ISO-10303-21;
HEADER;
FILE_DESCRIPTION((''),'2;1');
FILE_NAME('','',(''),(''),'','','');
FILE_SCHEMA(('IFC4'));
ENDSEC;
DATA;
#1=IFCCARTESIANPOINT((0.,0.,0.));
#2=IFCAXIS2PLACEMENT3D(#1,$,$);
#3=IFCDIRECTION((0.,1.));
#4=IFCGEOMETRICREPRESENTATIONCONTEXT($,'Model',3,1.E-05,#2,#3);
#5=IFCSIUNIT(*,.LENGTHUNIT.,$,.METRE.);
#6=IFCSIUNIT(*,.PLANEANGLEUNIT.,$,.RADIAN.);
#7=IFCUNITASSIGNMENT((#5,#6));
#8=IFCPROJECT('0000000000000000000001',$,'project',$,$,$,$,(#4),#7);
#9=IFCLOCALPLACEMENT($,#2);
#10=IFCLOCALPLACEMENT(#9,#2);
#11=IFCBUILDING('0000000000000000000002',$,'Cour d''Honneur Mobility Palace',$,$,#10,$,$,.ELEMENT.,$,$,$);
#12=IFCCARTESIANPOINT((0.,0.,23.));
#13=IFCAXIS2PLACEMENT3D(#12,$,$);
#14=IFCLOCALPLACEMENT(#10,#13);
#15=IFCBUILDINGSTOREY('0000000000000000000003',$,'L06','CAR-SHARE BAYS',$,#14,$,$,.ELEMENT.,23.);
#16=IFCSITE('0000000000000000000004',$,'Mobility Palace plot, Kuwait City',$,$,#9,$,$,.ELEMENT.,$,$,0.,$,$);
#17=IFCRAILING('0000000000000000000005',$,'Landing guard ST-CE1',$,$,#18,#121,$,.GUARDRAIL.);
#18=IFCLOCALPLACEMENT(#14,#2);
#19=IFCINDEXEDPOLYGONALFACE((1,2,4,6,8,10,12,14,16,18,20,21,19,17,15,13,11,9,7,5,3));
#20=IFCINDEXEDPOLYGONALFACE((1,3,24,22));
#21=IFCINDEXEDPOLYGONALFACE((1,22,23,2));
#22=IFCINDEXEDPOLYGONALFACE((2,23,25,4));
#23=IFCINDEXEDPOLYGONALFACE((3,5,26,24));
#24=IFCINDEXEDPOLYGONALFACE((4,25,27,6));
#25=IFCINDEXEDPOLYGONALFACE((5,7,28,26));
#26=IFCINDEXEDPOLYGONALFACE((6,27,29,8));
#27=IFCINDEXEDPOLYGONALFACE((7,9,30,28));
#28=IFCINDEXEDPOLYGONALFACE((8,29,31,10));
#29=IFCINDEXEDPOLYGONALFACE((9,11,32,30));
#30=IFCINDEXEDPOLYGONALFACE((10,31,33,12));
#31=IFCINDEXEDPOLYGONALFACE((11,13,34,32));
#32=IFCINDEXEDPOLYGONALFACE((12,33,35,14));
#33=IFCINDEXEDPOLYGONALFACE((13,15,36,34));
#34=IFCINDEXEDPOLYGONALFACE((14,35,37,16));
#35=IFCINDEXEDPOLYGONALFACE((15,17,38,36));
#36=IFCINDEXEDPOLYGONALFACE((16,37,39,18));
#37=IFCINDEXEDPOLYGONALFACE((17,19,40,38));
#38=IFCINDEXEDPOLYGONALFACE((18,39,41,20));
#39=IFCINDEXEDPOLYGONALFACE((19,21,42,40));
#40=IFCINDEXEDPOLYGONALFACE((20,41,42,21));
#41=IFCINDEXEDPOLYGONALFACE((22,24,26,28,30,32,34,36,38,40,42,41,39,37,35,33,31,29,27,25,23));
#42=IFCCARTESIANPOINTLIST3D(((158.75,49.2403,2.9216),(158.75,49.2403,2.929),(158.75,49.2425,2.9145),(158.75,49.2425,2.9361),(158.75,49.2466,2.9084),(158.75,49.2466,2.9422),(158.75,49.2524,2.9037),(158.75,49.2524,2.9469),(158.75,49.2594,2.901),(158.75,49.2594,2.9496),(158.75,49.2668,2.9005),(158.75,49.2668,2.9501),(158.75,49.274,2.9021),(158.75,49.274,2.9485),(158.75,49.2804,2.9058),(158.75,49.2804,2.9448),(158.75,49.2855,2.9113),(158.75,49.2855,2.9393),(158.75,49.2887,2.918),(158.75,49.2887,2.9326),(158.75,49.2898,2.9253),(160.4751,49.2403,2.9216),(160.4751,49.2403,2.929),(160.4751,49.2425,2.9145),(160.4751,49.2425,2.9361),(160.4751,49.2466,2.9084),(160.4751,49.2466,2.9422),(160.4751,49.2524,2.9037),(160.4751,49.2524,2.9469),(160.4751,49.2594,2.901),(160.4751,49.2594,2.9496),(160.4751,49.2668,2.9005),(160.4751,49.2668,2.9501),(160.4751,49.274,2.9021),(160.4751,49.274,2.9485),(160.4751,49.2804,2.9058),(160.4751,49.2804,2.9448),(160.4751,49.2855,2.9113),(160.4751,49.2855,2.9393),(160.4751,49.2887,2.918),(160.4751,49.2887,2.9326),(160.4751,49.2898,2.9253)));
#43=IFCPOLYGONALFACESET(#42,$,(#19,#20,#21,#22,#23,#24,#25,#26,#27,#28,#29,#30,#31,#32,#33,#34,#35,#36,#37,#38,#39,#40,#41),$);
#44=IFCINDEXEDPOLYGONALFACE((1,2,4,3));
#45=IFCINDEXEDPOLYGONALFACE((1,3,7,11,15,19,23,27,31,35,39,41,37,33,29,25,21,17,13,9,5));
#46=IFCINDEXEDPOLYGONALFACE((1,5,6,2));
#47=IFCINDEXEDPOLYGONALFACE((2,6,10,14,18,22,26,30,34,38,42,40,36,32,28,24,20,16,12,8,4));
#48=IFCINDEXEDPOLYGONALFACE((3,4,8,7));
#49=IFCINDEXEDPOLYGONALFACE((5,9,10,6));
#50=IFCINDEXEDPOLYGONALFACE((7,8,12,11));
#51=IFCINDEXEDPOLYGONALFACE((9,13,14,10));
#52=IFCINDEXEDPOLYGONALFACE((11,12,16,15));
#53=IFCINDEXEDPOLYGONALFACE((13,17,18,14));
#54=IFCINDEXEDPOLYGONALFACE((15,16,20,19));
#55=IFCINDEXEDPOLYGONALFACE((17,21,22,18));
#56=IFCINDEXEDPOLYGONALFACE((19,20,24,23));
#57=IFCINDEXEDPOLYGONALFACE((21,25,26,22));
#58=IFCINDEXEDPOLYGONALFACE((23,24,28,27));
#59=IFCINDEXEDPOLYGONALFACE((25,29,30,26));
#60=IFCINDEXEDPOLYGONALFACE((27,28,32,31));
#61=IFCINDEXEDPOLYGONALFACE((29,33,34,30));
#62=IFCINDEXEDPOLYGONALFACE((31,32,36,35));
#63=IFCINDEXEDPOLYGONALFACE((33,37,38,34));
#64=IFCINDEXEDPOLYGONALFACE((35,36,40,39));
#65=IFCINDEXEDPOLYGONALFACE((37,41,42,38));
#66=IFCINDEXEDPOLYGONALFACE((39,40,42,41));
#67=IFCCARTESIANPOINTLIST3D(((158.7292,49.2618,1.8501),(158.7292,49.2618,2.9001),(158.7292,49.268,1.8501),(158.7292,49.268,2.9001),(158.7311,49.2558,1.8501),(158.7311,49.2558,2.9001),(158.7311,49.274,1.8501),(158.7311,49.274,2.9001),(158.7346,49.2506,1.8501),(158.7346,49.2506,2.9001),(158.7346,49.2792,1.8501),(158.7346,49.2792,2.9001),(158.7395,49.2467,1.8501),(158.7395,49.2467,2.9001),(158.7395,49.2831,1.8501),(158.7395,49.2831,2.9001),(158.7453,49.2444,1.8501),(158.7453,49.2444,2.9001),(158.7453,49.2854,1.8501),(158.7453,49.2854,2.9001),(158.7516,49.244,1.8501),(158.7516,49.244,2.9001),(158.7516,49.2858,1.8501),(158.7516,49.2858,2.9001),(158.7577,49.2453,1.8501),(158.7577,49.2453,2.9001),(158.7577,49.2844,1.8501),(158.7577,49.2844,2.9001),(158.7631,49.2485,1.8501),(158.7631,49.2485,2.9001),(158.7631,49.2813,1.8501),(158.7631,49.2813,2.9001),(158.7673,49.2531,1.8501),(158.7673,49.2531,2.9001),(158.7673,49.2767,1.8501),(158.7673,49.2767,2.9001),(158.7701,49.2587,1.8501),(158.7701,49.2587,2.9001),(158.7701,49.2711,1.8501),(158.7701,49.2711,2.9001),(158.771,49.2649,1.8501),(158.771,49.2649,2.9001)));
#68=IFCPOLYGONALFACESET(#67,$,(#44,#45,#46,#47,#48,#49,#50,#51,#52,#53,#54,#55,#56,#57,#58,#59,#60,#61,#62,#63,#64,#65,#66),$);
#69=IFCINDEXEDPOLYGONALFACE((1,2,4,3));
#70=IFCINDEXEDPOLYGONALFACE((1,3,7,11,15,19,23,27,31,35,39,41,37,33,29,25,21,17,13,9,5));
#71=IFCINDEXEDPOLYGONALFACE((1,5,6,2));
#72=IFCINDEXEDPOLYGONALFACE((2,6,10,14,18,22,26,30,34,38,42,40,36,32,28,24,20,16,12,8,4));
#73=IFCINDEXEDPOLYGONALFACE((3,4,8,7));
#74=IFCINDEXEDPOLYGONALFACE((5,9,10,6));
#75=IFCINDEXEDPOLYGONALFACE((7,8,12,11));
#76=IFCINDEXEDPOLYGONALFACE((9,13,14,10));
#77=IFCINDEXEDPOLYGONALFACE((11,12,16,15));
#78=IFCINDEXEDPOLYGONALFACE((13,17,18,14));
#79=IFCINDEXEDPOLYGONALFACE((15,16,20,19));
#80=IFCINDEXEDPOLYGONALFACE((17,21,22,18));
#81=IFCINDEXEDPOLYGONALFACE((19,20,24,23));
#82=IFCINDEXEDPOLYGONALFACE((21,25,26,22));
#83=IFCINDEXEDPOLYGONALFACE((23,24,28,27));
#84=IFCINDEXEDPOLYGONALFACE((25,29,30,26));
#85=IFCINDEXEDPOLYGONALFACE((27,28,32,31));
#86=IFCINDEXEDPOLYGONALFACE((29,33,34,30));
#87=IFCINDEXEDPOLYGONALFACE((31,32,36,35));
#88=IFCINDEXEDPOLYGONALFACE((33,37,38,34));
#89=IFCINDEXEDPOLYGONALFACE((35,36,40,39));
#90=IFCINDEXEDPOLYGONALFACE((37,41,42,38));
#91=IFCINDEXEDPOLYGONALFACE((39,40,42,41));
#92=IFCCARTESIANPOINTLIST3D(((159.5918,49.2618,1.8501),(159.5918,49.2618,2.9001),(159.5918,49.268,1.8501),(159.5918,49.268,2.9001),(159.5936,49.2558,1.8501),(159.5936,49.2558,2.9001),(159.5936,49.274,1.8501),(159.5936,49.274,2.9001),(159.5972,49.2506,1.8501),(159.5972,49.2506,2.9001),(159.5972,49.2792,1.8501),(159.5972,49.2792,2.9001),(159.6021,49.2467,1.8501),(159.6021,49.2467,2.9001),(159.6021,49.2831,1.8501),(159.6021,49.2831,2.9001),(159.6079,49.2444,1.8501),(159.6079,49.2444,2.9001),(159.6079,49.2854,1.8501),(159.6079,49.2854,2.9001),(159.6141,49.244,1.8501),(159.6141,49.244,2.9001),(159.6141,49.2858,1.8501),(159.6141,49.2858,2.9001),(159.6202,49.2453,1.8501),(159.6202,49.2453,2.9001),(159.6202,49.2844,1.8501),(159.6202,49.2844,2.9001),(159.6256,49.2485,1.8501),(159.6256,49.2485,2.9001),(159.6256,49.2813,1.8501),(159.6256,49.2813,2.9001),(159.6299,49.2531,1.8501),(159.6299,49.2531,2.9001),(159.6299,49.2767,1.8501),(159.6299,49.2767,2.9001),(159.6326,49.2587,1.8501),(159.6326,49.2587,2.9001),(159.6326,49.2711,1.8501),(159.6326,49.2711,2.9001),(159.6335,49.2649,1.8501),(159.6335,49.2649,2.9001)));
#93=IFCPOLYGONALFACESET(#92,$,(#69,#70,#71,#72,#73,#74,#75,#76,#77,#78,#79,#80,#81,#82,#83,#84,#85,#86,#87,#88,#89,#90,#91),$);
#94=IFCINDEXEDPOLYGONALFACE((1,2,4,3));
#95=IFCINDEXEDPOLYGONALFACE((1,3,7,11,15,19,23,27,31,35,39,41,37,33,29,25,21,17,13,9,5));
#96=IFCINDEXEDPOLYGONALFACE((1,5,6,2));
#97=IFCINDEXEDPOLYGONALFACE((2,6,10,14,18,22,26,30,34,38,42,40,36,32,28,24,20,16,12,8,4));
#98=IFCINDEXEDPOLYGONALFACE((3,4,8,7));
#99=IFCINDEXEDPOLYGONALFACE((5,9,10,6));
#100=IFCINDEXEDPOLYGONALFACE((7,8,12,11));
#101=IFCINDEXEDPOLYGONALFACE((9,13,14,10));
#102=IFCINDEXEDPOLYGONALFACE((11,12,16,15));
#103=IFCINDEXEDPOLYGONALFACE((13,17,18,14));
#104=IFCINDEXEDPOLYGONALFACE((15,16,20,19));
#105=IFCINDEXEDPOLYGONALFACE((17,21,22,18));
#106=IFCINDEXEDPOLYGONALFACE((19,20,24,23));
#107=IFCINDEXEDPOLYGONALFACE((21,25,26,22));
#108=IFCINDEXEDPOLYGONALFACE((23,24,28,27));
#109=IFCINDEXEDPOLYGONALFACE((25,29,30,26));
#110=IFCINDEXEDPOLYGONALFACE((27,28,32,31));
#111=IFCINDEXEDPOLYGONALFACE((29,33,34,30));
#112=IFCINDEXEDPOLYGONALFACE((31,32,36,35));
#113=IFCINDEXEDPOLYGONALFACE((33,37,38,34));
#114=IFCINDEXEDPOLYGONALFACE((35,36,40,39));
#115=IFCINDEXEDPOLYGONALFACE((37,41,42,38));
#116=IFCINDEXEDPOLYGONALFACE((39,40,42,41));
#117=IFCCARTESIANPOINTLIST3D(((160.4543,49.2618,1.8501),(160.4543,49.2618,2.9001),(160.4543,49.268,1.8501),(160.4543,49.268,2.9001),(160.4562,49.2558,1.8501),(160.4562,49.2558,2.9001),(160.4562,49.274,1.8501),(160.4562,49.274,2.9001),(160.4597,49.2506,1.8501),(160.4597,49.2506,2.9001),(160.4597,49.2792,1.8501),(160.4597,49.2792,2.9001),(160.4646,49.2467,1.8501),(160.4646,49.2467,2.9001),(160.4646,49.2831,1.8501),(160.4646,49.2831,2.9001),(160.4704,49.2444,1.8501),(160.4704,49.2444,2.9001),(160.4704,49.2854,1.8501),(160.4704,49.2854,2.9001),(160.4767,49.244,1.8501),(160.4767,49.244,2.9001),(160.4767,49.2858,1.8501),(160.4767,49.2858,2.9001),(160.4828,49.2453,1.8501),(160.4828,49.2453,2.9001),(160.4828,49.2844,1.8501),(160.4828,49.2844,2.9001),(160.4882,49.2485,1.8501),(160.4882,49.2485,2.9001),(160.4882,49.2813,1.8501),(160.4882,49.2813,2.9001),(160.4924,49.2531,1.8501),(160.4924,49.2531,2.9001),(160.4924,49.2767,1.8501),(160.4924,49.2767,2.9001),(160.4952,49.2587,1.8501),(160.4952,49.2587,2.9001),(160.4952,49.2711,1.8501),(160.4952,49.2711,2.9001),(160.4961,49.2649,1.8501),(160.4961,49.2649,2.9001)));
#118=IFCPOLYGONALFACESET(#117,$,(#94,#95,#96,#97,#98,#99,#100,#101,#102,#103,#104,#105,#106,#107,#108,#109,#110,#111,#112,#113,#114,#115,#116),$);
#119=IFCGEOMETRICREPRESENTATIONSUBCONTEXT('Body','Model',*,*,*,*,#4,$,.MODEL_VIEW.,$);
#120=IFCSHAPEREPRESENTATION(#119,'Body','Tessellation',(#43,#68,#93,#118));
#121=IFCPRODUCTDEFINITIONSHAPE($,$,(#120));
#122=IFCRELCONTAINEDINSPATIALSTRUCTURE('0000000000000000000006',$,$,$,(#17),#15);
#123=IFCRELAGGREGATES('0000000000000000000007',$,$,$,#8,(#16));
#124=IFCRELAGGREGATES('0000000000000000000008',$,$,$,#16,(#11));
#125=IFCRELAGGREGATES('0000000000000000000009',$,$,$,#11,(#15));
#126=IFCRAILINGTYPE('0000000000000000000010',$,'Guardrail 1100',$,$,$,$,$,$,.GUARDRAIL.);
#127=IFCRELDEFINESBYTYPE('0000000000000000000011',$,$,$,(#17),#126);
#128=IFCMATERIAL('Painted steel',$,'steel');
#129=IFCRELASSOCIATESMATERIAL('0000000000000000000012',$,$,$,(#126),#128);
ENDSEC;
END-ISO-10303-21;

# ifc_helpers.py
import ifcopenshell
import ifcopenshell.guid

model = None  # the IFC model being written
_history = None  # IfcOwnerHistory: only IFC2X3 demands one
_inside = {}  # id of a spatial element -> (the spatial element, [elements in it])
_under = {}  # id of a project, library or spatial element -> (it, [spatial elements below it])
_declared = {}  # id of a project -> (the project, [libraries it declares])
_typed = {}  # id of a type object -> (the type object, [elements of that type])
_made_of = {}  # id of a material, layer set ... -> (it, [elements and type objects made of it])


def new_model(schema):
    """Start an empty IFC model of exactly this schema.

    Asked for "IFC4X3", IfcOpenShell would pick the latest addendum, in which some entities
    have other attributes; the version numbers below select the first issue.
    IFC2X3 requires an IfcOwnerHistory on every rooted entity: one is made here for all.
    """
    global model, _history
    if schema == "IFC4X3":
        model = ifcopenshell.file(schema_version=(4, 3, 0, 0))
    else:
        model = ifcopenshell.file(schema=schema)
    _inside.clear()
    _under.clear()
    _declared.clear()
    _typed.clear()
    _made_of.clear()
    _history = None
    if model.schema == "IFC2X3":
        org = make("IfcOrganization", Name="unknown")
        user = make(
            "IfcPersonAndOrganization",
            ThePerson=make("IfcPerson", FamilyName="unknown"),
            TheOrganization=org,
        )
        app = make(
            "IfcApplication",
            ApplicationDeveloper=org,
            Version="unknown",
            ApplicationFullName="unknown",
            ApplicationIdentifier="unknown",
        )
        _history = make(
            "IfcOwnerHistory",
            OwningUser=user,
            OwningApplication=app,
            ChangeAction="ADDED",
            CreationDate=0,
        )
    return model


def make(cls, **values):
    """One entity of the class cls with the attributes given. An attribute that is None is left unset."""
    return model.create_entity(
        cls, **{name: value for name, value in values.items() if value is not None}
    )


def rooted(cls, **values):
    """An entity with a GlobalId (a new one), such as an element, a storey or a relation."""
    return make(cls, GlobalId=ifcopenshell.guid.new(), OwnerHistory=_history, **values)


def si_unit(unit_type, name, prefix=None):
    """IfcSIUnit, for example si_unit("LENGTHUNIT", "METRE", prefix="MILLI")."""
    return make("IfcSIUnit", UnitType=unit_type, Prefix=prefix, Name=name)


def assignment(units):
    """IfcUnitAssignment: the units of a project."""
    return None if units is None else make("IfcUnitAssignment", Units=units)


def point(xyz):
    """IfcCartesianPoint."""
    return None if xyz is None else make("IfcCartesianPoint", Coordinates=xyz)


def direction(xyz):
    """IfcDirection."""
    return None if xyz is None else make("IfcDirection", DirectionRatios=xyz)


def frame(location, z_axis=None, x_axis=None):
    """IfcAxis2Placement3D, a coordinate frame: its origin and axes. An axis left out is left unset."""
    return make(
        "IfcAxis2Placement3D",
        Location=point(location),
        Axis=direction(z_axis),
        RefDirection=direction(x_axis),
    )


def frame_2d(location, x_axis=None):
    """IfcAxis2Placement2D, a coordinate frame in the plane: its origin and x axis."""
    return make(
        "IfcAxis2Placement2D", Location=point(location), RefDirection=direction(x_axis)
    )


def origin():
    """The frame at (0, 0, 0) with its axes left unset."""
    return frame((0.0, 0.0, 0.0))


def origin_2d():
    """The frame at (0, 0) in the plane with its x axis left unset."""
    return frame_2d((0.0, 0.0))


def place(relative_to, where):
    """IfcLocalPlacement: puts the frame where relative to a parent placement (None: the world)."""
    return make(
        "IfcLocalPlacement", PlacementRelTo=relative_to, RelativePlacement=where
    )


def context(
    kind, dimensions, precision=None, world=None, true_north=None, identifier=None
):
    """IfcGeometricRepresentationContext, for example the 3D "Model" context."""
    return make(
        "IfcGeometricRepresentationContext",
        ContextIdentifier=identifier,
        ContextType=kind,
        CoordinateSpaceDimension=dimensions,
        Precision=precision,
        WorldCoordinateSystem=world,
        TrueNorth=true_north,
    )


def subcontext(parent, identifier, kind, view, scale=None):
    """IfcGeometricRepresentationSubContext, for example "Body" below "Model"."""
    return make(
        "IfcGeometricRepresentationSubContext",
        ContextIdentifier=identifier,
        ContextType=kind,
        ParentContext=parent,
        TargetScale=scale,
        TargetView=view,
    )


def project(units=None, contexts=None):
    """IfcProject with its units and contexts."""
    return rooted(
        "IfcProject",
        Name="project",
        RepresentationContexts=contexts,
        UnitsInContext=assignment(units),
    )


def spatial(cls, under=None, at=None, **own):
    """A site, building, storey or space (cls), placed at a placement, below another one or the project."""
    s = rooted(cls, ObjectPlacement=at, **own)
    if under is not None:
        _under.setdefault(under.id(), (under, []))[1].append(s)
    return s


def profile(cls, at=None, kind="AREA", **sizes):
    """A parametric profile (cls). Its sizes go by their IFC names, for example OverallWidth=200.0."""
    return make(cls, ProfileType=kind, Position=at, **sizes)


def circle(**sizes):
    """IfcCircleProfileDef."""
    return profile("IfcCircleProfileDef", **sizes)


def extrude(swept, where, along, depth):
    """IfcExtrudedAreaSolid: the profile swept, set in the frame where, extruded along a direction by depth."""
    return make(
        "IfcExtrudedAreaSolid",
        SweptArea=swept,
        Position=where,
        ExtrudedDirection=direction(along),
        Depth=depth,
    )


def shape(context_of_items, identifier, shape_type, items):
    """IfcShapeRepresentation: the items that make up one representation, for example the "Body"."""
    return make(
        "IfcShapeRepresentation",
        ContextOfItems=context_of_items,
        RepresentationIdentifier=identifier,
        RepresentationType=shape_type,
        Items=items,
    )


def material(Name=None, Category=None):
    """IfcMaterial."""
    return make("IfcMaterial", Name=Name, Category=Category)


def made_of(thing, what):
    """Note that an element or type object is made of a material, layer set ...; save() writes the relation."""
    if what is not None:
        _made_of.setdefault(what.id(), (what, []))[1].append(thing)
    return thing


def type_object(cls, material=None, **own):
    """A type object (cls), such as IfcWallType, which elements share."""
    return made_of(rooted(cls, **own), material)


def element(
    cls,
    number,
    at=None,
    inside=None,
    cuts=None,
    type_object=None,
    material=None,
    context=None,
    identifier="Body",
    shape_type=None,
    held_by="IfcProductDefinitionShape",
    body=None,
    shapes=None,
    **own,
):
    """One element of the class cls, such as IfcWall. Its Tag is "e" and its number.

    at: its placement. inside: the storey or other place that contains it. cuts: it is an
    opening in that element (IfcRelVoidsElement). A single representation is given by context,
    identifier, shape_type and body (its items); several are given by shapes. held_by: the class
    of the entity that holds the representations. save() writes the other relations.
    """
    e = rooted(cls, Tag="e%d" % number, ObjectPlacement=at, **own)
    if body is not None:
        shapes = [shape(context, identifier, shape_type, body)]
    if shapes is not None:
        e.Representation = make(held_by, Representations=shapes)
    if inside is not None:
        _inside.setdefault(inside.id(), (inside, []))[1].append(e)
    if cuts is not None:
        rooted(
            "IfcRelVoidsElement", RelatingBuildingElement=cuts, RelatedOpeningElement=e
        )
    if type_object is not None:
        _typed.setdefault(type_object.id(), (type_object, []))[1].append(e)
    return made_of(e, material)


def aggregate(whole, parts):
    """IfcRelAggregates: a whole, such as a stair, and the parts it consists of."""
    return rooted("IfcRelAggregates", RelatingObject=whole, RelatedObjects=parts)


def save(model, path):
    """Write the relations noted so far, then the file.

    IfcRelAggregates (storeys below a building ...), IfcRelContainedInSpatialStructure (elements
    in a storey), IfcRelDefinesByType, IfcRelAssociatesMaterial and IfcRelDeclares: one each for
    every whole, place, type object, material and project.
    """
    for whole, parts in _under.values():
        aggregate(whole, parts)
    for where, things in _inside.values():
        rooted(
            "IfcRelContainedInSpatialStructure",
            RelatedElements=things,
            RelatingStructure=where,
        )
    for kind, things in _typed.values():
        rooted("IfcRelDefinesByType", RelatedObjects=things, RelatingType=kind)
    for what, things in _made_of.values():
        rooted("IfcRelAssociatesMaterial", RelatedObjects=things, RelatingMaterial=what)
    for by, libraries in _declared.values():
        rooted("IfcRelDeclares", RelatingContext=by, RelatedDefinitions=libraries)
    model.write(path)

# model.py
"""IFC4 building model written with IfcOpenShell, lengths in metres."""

from ifc_helpers import new_model, si_unit, direction, frame, origin, origin_2d, place, context, subcontext, project, spatial, circle, extrude, material, type_object, element, save


model = new_model("IFC4")

# Units and contexts
model_context = context("Model", 3, precision=1e-05, world=origin(), true_north=direction((0.0, 1.0)))
body_context = subcontext(model_context, "Body", "Model", "MODEL_VIEW")
ifc_project = project(units=[si_unit("LENGTHUNIT", "METRE"), si_unit("PLANEANGLEUNIT", "RADIAN")], contexts=[model_context])

# Site, building, storey
site_placement = place(None, origin())
site = spatial("IfcSite", under=ifc_project, at=site_placement, Name="Mobility Palace plot, Kuwait City", CompositionType="ELEMENT", RefElevation=0.0)
building_placement = place(site_placement, origin())
building = spatial("IfcBuilding", under=site, at=building_placement, Name="Cour d'Honneur Mobility Palace", CompositionType="ELEMENT")
storey_placement = place(building_placement, frame((0.0, 0.0, 23.0)))
storey = spatial("IfcBuildingStorey", under=building, at=storey_placement, Name="L06", Description="CAR-SHARE BAYS", CompositionType="ELEMENT", Elevation=23.0)

# Railing
ifc_material_1 = material(Name="Painted steel", Category="steel")
railing_type_1 = type_object("IfcRailingType", Name="Guardrail 1100", PredefinedType="GUARDRAIL", material=ifc_material_1)
railing_1_placement = place(storey_placement, frame((158.75, 49.2649, 1.8501)))
element("IfcRailing", 1, at=railing_1_placement, inside=storey, type_object=railing_type_1, Name="Landing guard ST-CE1", PredefinedType="GUARDRAIL", context=body_context, shape_type="SweptSolid", body=[
    extrude(circle(Radius=0.0249, at=origin_2d()), frame((0.0, 0.0, 1.0752), z_axis=(1.0, 0.0, 0.0), x_axis=(0.0, 1.0, 0.0)), (0.0, 0.0, 1.0), 1.7251),
    extrude(circle(Radius=0.021, at=origin_2d()), origin(), (0.0, 0.0, 1.0), 1.05),
    extrude(circle(Radius=0.021, at=origin_2d()), frame((0.8625, 0.0, 0.0)), (0.0, 0.0, 1.0), 1.05),
    extrude(circle(Radius=0.021, at=origin_2d()), frame((1.7251, 0.0, 0.0)), (0.0, 0.0, 1.0), 1.05),
])

save(model, "model.ifc")
